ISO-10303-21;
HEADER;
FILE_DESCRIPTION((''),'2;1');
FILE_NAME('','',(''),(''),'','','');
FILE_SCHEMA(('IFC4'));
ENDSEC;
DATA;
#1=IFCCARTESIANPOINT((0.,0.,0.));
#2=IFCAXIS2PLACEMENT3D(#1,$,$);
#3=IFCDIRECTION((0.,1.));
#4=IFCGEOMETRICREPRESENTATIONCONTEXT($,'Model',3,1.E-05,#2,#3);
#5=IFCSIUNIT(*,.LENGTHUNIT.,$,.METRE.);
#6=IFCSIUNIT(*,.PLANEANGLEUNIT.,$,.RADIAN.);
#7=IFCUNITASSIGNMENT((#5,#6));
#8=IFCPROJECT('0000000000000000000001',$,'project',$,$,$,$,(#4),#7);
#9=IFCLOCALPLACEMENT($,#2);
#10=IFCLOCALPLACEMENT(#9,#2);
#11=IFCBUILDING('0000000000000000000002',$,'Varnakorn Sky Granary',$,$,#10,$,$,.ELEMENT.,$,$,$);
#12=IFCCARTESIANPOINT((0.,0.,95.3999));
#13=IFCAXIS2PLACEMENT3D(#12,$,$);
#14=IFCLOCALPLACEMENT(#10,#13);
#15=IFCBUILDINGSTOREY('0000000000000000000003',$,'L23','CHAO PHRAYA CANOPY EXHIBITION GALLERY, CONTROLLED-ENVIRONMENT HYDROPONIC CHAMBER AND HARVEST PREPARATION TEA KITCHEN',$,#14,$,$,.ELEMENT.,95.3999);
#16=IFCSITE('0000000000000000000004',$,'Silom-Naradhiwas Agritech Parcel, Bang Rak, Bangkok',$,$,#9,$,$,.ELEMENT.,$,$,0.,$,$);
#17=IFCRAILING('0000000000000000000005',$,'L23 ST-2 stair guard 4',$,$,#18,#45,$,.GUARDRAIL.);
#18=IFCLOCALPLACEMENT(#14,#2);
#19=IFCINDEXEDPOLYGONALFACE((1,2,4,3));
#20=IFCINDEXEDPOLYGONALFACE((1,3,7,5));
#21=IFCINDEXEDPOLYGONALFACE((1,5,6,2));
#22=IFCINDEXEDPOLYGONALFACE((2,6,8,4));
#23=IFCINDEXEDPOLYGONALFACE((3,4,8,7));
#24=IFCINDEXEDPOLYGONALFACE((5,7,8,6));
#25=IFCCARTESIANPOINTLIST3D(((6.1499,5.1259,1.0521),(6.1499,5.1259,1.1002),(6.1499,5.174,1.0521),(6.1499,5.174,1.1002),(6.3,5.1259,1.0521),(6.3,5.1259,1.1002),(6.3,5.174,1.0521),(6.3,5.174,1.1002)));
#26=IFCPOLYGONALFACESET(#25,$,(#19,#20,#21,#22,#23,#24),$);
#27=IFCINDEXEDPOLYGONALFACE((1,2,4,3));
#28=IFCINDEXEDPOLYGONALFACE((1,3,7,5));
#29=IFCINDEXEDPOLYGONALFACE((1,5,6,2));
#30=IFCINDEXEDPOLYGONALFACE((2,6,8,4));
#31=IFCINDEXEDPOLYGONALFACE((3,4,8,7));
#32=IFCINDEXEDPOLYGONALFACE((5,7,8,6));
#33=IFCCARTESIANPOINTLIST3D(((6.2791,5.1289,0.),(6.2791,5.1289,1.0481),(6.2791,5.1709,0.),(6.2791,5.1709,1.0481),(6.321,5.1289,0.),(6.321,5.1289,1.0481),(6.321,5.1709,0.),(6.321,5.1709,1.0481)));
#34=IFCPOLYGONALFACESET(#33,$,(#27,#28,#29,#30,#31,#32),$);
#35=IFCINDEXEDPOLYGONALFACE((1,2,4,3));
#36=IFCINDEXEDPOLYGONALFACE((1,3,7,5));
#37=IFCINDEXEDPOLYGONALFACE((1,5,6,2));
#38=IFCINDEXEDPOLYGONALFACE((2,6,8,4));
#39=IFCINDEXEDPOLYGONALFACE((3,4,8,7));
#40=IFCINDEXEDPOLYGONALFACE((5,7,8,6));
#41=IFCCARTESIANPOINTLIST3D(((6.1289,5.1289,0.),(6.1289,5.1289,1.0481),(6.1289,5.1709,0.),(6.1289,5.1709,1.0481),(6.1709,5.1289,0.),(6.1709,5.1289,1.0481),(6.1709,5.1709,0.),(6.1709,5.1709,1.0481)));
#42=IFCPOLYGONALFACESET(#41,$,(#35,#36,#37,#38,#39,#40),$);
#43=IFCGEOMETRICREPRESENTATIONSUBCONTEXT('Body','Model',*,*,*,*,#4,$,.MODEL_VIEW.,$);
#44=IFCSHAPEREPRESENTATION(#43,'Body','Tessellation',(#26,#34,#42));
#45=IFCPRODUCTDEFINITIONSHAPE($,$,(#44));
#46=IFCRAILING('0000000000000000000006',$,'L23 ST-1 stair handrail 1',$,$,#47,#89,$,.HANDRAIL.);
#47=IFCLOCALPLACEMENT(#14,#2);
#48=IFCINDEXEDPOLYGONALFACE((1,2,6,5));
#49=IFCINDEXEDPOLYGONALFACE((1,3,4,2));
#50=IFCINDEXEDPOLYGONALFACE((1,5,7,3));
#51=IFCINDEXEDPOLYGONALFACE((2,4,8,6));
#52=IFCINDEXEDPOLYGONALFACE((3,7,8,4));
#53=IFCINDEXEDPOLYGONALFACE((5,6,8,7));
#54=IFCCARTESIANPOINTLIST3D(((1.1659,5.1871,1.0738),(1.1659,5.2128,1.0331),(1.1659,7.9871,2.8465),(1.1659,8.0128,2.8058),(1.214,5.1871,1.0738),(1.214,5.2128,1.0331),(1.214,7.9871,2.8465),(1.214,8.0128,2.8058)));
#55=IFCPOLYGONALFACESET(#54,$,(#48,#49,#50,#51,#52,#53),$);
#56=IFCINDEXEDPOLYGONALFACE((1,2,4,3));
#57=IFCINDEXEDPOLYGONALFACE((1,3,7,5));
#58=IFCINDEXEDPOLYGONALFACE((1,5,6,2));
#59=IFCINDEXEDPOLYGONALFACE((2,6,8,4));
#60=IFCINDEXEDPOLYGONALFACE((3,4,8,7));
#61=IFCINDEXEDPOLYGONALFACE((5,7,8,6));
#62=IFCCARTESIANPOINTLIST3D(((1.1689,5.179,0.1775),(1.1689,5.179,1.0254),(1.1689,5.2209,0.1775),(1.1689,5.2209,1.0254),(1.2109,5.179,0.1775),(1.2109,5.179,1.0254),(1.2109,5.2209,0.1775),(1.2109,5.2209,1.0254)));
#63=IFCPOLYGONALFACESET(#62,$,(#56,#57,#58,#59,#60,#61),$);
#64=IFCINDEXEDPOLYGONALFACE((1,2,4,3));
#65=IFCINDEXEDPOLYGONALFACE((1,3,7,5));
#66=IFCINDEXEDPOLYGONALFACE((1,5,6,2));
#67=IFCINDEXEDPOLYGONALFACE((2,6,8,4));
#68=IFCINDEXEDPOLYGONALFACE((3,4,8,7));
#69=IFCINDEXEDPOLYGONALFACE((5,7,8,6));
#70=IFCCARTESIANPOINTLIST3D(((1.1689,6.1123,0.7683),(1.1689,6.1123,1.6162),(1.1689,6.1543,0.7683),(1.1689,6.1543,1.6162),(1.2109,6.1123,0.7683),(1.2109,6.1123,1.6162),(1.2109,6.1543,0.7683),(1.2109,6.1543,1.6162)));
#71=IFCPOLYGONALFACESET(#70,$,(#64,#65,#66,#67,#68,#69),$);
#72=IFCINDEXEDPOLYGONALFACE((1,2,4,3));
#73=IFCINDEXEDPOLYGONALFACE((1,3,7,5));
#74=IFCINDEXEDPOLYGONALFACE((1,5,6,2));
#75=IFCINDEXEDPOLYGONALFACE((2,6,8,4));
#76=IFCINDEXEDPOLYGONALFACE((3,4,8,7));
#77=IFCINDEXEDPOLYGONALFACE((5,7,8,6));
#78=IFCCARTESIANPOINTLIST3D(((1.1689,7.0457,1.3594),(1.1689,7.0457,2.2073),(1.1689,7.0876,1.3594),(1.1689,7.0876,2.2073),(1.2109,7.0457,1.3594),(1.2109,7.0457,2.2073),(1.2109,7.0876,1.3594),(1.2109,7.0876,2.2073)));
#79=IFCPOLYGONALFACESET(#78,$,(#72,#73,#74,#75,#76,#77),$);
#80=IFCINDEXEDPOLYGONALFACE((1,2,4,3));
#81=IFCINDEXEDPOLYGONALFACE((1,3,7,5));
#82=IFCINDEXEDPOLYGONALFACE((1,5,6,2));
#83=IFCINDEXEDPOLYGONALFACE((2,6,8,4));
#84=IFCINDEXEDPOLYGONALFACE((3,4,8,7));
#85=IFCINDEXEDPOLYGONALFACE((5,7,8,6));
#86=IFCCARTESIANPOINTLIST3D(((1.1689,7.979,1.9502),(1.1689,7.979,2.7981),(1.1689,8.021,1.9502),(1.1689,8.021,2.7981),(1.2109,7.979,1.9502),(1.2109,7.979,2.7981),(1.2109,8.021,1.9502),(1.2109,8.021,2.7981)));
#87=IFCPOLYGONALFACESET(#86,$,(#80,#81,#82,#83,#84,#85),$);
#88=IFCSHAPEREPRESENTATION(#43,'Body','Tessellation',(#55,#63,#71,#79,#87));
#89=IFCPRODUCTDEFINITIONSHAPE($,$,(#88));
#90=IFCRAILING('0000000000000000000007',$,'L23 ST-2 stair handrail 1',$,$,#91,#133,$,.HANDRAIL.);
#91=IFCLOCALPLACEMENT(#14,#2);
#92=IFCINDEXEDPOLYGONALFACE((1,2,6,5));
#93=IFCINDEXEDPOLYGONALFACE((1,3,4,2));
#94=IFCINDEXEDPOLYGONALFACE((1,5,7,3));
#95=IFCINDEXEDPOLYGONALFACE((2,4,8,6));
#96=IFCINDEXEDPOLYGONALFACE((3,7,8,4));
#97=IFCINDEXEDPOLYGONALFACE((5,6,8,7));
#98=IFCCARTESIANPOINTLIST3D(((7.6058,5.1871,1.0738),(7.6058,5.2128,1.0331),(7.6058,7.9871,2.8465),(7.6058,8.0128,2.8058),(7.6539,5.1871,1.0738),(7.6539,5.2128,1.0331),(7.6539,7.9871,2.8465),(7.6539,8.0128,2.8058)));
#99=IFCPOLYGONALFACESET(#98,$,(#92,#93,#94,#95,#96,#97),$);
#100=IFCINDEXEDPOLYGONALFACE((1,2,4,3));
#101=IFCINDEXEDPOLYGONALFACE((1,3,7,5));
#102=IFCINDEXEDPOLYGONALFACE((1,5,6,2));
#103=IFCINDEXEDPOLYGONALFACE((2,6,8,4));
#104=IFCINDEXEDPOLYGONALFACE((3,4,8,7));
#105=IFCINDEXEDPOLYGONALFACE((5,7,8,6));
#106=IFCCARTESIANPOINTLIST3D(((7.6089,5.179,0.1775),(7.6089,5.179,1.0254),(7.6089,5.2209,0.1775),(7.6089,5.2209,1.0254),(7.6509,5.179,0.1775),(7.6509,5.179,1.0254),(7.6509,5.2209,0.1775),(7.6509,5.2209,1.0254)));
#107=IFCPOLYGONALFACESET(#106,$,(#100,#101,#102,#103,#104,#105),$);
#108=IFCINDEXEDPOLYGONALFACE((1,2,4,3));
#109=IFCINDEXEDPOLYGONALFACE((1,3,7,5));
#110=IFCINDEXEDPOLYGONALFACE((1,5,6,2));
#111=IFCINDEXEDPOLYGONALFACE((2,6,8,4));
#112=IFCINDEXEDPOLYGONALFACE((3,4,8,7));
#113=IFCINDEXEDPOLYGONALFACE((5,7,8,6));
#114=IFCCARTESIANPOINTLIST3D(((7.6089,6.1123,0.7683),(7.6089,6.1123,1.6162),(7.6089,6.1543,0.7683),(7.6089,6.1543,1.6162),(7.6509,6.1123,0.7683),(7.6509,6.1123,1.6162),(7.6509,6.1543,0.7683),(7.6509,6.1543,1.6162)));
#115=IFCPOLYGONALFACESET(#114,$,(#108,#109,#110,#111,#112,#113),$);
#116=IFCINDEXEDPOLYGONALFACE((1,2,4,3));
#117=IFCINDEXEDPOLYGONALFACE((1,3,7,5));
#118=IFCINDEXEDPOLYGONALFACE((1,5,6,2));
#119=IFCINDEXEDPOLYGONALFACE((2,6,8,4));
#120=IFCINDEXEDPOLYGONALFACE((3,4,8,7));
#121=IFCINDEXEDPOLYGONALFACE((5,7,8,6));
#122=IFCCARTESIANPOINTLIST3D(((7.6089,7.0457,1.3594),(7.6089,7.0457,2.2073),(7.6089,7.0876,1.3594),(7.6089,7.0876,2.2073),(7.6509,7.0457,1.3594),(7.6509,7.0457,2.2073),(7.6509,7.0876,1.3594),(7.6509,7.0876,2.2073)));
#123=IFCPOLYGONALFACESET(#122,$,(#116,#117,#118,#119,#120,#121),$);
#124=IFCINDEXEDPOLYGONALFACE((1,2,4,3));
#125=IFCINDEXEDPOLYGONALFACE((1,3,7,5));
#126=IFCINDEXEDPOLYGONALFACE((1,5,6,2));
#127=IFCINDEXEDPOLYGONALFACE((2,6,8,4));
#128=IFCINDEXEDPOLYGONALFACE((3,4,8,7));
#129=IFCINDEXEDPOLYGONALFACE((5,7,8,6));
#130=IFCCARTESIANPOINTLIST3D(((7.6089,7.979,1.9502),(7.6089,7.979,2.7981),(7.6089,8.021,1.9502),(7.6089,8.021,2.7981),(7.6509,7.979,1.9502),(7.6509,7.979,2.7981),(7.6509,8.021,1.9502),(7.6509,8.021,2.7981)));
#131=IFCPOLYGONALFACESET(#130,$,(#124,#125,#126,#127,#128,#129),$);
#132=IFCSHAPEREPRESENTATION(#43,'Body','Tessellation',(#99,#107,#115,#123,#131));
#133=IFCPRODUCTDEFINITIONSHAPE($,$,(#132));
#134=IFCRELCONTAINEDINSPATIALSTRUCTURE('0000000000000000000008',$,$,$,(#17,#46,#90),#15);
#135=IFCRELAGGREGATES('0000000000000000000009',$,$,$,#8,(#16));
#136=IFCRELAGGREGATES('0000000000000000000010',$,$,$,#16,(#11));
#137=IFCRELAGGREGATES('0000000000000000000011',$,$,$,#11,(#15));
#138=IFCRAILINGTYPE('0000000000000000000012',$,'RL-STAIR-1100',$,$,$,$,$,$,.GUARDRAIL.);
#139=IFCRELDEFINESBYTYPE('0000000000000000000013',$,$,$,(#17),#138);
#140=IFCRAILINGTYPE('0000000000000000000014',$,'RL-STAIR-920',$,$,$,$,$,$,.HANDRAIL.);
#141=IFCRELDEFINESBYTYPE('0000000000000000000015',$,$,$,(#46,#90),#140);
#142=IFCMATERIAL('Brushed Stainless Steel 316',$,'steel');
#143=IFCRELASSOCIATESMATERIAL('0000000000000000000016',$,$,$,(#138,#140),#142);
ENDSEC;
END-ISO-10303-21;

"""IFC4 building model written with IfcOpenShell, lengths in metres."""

from ifc_helpers import new_model, si_unit, direction, frame, origin, origin_2d, place, context, subcontext, project, spatial, rectangle, extrude, material, type_object, element, save


model = new_model("IFC4")

# Units and contexts
model_context = context("Model", 3, precision=1e-05, world=origin(), true_north=direction((0.0, 1.0)))
body_context = subcontext(model_context, "Body", "Model", "MODEL_VIEW")
ifc_project = project(units=[si_unit("LENGTHUNIT", "METRE"), si_unit("PLANEANGLEUNIT", "RADIAN")], contexts=[model_context])

# Site, building, storey
site_placement = place(None, origin())
site = spatial("IfcSite", under=ifc_project, at=site_placement, Name="Silom-Naradhiwas Agritech Parcel, Bang Rak, Bangkok", CompositionType="ELEMENT", RefElevation=0.0)
building_placement = place(site_placement, origin())
building = spatial("IfcBuilding", under=site, at=building_placement, Name="Varnakorn Sky Granary", CompositionType="ELEMENT")
storey_placement = place(building_placement, frame((0.0, 0.0, 95.3999)))
storey = spatial("IfcBuildingStorey", under=building, at=storey_placement, Name="L23", Description="CHAO PHRAYA CANOPY EXHIBITION GALLERY, CONTROLLED-ENVIRONMENT HYDROPONIC CHAMBER AND HARVEST PREPARATION TEA KITCHEN", CompositionType="ELEMENT", Elevation=95.3999)

# Railings
ifc_material_1 = material(Name="Brushed Stainless Steel 316", Category="steel")
railing_type_1 = type_object("IfcRailingType", Name="RL-STAIR-1100", PredefinedType="GUARDRAIL", material=ifc_material_1)
railing_1_placement = place(storey_placement, frame((6.3, 5.1499, 0.0)))
element("IfcRailing", 1, at=railing_1_placement, inside=storey, type_object=railing_type_1, Name="L23 ST-2 stair guard 4", PredefinedType="GUARDRAIL", context=body_context, shape_type="SweptSolid", body=[
    extrude(rectangle(XDim=0.0481, YDim=0.0481, at=origin_2d()), frame((0.0, 0.0, 1.0762), z_axis=(-1.0, 0.0, 0.0), x_axis=(0.0, -1.0, 0.0)), (0.0, 0.0, 1.0), 0.1501),
    extrude(rectangle(XDim=0.042, YDim=0.042, at=origin_2d()), origin(), (0.0, 0.0, 1.0), 1.0481),
    extrude(rectangle(XDim=0.042, YDim=0.042, at=origin_2d()), frame((-0.1501, 0.0, 0.0)), (0.0, 0.0, 1.0), 1.0481),
])
railing_type_2 = type_object("IfcRailingType", Name="RL-STAIR-920", PredefinedType="HANDRAIL", material=ifc_material_1)
for number, where, name in (
    (2, (1.1899, 5.2, 0.1775), "L23 ST-1 stair handrail 1"),
    (3, (7.6299, 5.2, 0.1775), "L23 ST-2 stair handrail 1"),
):
    element("IfcRailing", number, at=place(storey_placement, frame(where)), inside=storey, type_object=railing_type_2, Name=name, PredefinedType="HANDRAIL", context=body_context, shape_type="SweptSolid", body=[
        extrude(rectangle(XDim=0.0481, YDim=0.0481, at=origin_2d()), frame((0.0, 0.0, 0.876), z_axis=(0.0, 0.844909, 0.53491), x_axis=(-1.0, 0.0, 0.0)), (0.0, 0.0, 1.0), 3.314),
        extrude(rectangle(XDim=0.042, YDim=0.042, at=origin_2d()), origin(), (0.0, 0.0, 1.0), 0.8479),
        extrude(rectangle(XDim=0.042, YDim=0.042, at=origin_2d()), frame((0.0, 0.9333, 0.5908)), (0.0, 0.0, 1.0), 0.8479),
        extrude(rectangle(XDim=0.042, YDim=0.042, at=origin_2d()), frame((0.0, 1.8667, 1.1819)), (0.0, 0.0, 1.0), 0.8479),
        extrude(rectangle(XDim=0.042, YDim=0.042, at=origin_2d()), frame((0.0, 2.8, 1.7727)), (0.0, 0.0, 1.0), 0.8479),
    ])

save(model, "model.ifc")
